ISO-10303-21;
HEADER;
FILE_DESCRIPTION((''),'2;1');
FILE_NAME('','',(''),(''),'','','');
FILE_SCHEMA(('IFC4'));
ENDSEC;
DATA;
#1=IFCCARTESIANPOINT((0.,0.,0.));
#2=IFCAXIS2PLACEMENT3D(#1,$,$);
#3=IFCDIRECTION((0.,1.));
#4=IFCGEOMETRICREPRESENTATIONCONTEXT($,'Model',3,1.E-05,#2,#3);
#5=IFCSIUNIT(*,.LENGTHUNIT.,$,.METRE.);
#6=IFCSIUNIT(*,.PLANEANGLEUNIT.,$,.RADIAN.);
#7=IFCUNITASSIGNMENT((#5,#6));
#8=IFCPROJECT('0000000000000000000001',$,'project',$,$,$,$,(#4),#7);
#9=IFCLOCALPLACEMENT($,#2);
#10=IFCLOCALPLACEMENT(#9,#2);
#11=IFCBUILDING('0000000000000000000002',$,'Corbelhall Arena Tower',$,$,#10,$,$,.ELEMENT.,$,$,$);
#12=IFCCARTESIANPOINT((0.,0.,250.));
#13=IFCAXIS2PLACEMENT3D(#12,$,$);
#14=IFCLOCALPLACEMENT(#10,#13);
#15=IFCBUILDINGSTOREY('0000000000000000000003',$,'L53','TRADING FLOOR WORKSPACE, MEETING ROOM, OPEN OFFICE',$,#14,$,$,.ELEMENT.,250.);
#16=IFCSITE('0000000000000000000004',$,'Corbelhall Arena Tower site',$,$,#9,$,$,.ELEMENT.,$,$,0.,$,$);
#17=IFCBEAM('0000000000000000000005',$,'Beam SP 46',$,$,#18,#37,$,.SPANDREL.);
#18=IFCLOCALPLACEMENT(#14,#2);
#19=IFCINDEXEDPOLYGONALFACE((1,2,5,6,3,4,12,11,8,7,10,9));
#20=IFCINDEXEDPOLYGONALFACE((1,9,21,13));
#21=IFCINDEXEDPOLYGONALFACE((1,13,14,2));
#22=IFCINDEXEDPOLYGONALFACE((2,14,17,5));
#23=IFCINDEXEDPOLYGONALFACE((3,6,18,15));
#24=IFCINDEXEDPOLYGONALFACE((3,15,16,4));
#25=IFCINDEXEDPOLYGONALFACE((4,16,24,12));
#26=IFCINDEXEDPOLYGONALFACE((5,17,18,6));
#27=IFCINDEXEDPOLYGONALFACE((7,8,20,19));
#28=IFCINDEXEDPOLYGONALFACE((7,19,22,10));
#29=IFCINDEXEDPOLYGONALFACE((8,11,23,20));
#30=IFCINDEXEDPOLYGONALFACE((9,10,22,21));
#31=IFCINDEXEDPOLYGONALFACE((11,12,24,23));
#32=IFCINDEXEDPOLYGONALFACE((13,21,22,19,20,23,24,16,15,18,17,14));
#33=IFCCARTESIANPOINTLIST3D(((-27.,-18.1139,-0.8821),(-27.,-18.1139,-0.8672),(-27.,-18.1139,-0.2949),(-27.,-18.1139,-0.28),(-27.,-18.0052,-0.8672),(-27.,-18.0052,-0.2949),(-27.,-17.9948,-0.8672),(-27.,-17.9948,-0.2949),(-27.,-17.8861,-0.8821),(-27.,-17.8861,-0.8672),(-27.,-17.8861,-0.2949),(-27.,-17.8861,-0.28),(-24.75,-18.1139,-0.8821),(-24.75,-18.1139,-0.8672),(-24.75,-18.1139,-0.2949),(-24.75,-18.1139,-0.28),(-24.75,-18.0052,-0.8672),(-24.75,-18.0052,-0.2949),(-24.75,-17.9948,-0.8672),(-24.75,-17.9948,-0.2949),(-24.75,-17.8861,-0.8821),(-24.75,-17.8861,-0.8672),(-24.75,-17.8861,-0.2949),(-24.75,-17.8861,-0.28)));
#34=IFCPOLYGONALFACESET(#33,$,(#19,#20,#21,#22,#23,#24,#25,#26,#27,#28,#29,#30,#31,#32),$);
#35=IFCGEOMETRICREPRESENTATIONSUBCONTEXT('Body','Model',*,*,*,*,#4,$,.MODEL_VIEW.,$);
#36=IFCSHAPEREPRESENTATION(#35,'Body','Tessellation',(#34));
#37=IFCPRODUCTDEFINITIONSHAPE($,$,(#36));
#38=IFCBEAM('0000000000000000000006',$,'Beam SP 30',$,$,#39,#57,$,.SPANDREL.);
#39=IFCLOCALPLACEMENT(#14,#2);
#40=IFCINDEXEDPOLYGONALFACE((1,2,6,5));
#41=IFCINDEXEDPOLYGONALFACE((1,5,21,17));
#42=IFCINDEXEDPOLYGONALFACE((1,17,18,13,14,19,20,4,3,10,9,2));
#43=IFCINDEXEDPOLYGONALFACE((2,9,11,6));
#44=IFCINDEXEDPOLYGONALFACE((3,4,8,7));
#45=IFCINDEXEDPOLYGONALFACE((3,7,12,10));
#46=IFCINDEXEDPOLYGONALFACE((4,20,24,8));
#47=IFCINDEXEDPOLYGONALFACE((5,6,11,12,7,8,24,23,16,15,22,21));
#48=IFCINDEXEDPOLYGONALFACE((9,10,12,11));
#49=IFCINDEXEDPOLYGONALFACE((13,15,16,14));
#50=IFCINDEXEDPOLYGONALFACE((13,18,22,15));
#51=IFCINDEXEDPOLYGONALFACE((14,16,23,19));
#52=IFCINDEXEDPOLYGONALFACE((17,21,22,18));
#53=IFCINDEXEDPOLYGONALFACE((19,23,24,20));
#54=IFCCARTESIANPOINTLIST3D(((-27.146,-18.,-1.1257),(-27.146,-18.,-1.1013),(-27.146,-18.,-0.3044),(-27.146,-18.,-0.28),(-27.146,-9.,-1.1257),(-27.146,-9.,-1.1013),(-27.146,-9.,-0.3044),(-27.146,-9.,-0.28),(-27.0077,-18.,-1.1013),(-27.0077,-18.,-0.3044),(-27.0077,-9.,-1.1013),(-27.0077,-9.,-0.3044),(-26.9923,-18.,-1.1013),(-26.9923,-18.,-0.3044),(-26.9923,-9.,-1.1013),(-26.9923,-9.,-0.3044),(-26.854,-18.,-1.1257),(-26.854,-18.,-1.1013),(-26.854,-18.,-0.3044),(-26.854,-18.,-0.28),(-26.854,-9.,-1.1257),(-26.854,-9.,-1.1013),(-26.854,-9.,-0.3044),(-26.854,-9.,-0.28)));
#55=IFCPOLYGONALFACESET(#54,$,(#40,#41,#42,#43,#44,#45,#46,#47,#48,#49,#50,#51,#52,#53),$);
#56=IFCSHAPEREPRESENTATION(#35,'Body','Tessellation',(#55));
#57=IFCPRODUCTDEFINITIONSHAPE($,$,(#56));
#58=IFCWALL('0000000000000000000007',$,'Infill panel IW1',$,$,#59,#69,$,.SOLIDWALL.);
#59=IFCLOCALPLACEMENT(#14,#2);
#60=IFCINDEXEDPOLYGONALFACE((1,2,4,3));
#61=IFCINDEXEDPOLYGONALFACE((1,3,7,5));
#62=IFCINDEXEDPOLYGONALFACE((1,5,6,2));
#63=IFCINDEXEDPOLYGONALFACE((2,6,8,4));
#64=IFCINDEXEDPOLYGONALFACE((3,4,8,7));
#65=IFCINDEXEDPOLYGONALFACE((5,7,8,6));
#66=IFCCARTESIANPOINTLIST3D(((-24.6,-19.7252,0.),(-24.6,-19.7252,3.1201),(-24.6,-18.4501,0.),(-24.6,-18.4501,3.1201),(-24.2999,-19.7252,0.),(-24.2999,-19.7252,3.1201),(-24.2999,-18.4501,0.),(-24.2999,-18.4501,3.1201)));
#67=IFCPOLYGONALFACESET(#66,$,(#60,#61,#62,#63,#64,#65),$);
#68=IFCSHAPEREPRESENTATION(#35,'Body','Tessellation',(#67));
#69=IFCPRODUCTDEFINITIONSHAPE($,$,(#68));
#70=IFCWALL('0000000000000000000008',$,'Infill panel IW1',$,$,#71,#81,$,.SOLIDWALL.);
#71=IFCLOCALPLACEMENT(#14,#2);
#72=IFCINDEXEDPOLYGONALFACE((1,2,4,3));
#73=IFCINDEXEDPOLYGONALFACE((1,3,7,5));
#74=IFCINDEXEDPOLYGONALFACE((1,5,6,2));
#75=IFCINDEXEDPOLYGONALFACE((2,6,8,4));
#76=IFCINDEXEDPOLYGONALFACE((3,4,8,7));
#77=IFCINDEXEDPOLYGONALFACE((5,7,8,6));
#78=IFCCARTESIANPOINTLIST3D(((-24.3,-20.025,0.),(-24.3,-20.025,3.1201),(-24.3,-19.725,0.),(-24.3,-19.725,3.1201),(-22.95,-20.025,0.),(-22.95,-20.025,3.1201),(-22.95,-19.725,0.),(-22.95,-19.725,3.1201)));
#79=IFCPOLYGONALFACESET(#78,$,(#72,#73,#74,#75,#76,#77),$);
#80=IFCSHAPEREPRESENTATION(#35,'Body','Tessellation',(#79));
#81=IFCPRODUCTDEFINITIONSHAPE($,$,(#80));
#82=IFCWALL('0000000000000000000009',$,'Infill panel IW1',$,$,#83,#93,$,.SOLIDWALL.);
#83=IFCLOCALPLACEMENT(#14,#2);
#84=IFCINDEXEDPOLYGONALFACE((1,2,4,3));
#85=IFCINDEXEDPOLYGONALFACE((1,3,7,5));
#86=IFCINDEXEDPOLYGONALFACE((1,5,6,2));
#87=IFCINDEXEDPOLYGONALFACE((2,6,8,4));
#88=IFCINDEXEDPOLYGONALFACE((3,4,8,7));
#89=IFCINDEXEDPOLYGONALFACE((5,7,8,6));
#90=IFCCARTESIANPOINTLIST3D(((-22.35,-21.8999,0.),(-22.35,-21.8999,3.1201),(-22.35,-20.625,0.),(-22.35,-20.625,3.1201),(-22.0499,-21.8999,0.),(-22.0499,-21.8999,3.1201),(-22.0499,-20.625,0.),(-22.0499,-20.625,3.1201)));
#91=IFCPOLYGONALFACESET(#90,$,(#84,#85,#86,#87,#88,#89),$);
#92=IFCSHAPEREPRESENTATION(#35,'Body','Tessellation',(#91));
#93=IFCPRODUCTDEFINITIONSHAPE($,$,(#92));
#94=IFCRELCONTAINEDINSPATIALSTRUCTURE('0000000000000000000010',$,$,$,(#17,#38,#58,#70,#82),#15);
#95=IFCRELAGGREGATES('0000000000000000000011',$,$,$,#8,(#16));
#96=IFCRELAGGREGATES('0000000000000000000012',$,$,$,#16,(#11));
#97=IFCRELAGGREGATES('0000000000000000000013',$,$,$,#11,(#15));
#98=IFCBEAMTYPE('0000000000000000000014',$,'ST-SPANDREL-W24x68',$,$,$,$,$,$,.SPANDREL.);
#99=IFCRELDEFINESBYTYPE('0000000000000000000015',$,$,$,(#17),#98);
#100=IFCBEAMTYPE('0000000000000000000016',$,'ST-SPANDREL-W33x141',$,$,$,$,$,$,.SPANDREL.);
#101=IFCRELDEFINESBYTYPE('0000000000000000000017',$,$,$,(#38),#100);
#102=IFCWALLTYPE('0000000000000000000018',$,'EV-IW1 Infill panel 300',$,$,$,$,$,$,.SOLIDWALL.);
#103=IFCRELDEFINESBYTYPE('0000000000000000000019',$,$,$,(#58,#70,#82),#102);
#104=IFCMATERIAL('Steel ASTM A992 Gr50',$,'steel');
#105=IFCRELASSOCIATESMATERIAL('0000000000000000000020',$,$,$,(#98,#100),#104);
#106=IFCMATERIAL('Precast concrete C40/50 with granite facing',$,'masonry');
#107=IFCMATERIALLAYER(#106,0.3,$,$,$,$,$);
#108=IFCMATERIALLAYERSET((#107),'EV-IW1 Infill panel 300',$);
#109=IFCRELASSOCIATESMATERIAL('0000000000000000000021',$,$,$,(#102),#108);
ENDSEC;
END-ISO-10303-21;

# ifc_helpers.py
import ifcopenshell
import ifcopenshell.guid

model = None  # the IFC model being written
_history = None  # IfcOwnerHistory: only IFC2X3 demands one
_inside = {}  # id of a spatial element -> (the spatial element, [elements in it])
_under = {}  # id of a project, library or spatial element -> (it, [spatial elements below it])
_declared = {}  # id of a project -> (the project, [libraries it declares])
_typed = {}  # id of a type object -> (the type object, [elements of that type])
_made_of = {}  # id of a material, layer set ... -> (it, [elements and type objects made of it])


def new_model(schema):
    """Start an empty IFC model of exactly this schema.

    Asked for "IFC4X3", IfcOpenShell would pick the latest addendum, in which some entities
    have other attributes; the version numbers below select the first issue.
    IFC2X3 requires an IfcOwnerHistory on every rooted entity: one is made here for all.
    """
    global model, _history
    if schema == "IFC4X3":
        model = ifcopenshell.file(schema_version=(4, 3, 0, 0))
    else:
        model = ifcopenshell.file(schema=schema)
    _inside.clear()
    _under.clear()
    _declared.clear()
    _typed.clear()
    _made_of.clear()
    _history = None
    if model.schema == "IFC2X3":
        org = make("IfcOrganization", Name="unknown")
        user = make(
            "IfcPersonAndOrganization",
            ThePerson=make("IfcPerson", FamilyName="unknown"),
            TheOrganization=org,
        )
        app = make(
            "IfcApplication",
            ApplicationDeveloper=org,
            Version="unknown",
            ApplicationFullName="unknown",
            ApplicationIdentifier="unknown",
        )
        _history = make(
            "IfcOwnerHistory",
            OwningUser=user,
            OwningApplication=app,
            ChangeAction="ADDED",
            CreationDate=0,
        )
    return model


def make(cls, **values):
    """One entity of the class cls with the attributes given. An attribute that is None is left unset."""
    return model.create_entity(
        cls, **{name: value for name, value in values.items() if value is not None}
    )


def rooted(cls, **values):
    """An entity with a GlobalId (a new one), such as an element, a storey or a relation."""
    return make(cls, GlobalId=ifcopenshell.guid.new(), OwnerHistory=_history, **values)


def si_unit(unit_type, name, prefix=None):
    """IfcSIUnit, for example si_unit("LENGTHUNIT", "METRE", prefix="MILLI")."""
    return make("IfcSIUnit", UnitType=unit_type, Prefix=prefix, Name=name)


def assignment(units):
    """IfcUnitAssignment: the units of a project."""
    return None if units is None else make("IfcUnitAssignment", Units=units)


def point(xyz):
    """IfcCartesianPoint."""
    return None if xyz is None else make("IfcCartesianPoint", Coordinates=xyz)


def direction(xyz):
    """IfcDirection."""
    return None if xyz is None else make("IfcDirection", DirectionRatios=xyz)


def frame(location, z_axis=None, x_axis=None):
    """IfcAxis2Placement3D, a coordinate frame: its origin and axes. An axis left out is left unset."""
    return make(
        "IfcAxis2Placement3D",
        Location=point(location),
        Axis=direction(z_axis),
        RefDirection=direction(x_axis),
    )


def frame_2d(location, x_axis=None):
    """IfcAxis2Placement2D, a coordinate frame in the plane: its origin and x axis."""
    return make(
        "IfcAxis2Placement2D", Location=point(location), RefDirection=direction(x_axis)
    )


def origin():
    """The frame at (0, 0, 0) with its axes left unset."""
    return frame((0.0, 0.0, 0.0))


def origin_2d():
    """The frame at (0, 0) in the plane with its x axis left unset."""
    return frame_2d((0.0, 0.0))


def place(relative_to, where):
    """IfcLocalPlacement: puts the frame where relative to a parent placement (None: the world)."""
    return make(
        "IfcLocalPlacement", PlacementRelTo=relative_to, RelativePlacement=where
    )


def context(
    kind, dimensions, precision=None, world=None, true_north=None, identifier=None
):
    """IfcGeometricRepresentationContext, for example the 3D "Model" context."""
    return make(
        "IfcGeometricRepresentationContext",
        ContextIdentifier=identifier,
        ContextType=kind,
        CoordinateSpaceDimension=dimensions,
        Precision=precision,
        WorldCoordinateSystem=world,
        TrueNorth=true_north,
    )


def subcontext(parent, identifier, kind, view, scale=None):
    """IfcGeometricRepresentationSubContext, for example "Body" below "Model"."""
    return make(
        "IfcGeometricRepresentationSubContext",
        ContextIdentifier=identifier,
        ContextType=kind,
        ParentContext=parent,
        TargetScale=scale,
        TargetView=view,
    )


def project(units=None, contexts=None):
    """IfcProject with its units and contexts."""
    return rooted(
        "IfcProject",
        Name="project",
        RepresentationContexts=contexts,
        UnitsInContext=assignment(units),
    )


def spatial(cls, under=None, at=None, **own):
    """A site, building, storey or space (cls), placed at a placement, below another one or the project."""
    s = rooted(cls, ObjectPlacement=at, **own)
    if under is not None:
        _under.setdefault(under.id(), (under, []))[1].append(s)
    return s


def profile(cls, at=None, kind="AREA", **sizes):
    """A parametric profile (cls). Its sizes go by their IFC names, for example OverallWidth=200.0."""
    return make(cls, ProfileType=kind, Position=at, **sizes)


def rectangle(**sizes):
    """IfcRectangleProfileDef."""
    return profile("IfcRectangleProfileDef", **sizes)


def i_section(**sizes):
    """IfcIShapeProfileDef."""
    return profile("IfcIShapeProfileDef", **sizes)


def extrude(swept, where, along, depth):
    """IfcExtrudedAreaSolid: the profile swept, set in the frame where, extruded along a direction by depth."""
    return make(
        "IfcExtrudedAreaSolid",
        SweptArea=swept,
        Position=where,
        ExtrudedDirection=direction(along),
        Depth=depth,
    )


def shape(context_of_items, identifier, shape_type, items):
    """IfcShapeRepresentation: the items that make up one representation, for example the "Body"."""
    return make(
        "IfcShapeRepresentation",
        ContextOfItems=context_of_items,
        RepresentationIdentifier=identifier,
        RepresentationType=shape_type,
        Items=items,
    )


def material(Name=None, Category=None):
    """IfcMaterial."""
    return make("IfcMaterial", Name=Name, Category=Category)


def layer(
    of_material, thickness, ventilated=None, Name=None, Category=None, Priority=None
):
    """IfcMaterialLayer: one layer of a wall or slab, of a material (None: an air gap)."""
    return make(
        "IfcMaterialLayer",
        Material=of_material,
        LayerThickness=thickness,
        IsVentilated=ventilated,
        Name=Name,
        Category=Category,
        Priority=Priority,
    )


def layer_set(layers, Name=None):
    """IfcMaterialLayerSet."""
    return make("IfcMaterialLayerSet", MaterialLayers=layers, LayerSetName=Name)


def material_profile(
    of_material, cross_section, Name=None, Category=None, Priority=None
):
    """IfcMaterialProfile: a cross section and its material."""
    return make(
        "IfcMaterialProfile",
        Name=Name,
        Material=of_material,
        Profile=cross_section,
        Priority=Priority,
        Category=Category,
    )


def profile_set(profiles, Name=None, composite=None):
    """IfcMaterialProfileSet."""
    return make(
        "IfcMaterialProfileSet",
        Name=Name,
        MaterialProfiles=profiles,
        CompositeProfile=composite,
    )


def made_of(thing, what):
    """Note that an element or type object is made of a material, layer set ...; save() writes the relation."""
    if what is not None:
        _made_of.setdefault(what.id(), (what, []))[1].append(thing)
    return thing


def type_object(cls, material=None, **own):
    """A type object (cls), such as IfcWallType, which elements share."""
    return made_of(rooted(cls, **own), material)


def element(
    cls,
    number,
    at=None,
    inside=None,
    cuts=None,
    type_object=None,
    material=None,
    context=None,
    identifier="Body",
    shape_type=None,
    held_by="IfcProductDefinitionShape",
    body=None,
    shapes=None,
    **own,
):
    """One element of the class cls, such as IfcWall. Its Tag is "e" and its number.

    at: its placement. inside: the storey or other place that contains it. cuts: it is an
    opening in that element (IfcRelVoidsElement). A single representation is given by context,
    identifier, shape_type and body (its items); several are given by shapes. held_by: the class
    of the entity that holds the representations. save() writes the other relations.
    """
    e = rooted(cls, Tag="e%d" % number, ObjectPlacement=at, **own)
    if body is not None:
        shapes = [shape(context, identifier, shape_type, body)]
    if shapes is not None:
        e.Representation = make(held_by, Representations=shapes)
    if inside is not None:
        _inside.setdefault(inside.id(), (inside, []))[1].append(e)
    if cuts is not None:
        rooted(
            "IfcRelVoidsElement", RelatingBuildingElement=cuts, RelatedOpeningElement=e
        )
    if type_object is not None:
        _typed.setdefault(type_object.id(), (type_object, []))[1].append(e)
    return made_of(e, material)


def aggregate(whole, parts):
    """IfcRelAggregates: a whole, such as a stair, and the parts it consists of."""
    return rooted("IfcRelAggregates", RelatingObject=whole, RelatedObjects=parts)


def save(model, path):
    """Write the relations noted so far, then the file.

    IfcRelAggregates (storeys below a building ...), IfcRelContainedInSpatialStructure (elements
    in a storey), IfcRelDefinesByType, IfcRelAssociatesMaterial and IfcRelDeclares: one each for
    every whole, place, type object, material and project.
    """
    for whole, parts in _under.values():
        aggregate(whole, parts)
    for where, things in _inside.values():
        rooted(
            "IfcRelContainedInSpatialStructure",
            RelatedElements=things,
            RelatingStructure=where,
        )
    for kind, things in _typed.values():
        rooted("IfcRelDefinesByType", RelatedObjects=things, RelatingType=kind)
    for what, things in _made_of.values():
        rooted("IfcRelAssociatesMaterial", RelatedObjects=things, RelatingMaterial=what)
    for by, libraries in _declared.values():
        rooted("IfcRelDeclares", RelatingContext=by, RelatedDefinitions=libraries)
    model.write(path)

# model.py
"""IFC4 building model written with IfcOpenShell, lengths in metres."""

from ifc_helpers import new_model, si_unit, direction, frame, frame_2d, origin, origin_2d, place, context, subcontext, project, spatial, rectangle, i_section, extrude, material, layer, layer_set, material_profile, profile_set, type_object, element, save


model = new_model("IFC4")

# Units and contexts
model_context = context("Model", 3, precision=1e-05, world=origin(), true_north=direction((0.0, 1.0)))
body_context = subcontext(model_context, "Body", "Model", "MODEL_VIEW")
ifc_project = project(units=[si_unit("LENGTHUNIT", "METRE"), si_unit("PLANEANGLEUNIT", "RADIAN")], contexts=[model_context])

# Site, building, storey
site_placement = place(None, origin())
site = spatial("IfcSite", under=ifc_project, at=site_placement, Name="Corbelhall Arena Tower site", CompositionType="ELEMENT", RefElevation=0.0)
building_placement = place(site_placement, origin())
building = spatial("IfcBuilding", under=site, at=building_placement, Name="Corbelhall Arena Tower", CompositionType="ELEMENT")
storey_placement = place(building_placement, frame((0.0, 0.0, 250.0)))
storey = spatial("IfcBuildingStorey", under=building, at=storey_placement, Name="L53", Description="TRADING FLOOR WORKSPACE, MEETING ROOM, OPEN OFFICE", CompositionType="ELEMENT", Elevation=250.0)

# Beams
ifc_material_1 = material(Name="Steel ASTM A992 Gr50", Category="steel")
ifc_material_profile_1 = material_profile(ifc_material_1, i_section(OverallWidth=0.2278, OverallDepth=0.6021, WebThickness=0.0105, FlangeThickness=0.0149, at=origin_2d()))
ifc_profile_set_1 = profile_set([ifc_material_profile_1], Name="Steel ASTM A992 Gr50")
beam_type_1 = type_object("IfcBeamType", Name="ST-SPANDREL-W24x68", PredefinedType="SPANDREL", material=ifc_profile_set_1)
beam_1_placement = place(storey_placement, frame((-24.75, -18.0, -0.5811), z_axis=(-1.0, 0.0, 0.0), x_axis=(0.0, -1.0, 0.0)))
element("IfcBeam", 1, at=beam_1_placement, inside=storey, type_object=beam_type_1, Name="Beam SP 46", PredefinedType="SPANDREL", context=body_context, shape_type="SweptSolid", body=[
    extrude(i_section(OverallWidth=0.2278, OverallDepth=0.6021, WebThickness=0.0105, FlangeThickness=0.0149, at=origin_2d()), origin(), (0.0, 0.0, 1.0), 2.25),
])
ifc_material_profile_2 = material_profile(ifc_material_1, i_section(OverallWidth=0.292, OverallDepth=0.8457, WebThickness=0.0154, FlangeThickness=0.0244, at=origin_2d()))
ifc_profile_set_2 = profile_set([ifc_material_profile_2], Name="Steel ASTM A992 Gr50")
beam_type_2 = type_object("IfcBeamType", Name="ST-SPANDREL-W33x141", PredefinedType="SPANDREL", material=ifc_profile_set_2)
beam_2_placement = place(storey_placement, frame((-27.0, -18.0, -0.7029), z_axis=(0.0, 1.0, 0.0), x_axis=(-1.0, 0.0, 0.0)))
element("IfcBeam", 2, at=beam_2_placement, inside=storey, type_object=beam_type_2, Name="Beam SP 30", PredefinedType="SPANDREL", context=body_context, shape_type="SweptSolid", body=[
    extrude(i_section(OverallWidth=0.292, OverallDepth=0.8457, WebThickness=0.0154, FlangeThickness=0.0244, at=origin_2d()), origin(), (0.0, 0.0, 1.0), 9.0),
])

# Walls
ifc_material_2 = material(Name="Precast concrete C40/50 with granite facing", Category="masonry")
ifc_layer_1 = layer(ifc_material_2, 0.3)
ifc_layer_set_1 = layer_set([ifc_layer_1], Name="EV-IW1 Infill panel 300")
wall_type_1 = type_object("IfcWallType", Name="EV-IW1 Infill panel 300", PredefinedType="SOLIDWALL", material=ifc_layer_set_1)
wall_1_placement = place(storey_placement, frame((-24.45, -18.45, 0.0), z_axis=(0.0, 0.0, 1.0), x_axis=(0.0, -1.0, 0.0)))
element("IfcWall", 3, at=wall_1_placement, inside=storey, type_object=wall_type_1, Name="Infill panel IW1", PredefinedType="SOLIDWALL", context=body_context, shape_type="SweptSolid", body=[
    extrude(rectangle(XDim=1.2751, YDim=0.3, at=frame_2d((0.6377, 0.0))), origin(), (0.0, 0.0, 1.0), 3.1201),
])
wall_2_placement = place(storey_placement, frame((-24.3, -19.875, 0.0), z_axis=(0.0, 0.0, 1.0), x_axis=(1.0, 0.0, 0.0)))
element("IfcWall", 4, at=wall_2_placement, inside=storey, type_object=wall_type_1, Name="Infill panel IW1", PredefinedType="SOLIDWALL", context=body_context, shape_type="SweptSolid", body=[
    extrude(rectangle(XDim=1.3501, YDim=0.3, at=frame_2d((0.675, 0.0))), origin(), (0.0, 0.0, 1.0), 3.1201),
])
wall_3_placement = place(storey_placement, frame((-22.2, -20.625, 0.0), z_axis=(0.0, 0.0, 1.0), x_axis=(0.0, -1.0, 0.0)))
element("IfcWall", 5, at=wall_3_placement, inside=storey, type_object=wall_type_1, Name="Infill panel IW1", PredefinedType="SOLIDWALL", context=body_context, shape_type="SweptSolid", body=[
    extrude(rectangle(XDim=1.2749, YDim=0.3, at=frame_2d((0.6375, 0.0))), origin(), (0.0, 0.0, 1.0), 3.1201),
])

save(model, "model.ifc")
